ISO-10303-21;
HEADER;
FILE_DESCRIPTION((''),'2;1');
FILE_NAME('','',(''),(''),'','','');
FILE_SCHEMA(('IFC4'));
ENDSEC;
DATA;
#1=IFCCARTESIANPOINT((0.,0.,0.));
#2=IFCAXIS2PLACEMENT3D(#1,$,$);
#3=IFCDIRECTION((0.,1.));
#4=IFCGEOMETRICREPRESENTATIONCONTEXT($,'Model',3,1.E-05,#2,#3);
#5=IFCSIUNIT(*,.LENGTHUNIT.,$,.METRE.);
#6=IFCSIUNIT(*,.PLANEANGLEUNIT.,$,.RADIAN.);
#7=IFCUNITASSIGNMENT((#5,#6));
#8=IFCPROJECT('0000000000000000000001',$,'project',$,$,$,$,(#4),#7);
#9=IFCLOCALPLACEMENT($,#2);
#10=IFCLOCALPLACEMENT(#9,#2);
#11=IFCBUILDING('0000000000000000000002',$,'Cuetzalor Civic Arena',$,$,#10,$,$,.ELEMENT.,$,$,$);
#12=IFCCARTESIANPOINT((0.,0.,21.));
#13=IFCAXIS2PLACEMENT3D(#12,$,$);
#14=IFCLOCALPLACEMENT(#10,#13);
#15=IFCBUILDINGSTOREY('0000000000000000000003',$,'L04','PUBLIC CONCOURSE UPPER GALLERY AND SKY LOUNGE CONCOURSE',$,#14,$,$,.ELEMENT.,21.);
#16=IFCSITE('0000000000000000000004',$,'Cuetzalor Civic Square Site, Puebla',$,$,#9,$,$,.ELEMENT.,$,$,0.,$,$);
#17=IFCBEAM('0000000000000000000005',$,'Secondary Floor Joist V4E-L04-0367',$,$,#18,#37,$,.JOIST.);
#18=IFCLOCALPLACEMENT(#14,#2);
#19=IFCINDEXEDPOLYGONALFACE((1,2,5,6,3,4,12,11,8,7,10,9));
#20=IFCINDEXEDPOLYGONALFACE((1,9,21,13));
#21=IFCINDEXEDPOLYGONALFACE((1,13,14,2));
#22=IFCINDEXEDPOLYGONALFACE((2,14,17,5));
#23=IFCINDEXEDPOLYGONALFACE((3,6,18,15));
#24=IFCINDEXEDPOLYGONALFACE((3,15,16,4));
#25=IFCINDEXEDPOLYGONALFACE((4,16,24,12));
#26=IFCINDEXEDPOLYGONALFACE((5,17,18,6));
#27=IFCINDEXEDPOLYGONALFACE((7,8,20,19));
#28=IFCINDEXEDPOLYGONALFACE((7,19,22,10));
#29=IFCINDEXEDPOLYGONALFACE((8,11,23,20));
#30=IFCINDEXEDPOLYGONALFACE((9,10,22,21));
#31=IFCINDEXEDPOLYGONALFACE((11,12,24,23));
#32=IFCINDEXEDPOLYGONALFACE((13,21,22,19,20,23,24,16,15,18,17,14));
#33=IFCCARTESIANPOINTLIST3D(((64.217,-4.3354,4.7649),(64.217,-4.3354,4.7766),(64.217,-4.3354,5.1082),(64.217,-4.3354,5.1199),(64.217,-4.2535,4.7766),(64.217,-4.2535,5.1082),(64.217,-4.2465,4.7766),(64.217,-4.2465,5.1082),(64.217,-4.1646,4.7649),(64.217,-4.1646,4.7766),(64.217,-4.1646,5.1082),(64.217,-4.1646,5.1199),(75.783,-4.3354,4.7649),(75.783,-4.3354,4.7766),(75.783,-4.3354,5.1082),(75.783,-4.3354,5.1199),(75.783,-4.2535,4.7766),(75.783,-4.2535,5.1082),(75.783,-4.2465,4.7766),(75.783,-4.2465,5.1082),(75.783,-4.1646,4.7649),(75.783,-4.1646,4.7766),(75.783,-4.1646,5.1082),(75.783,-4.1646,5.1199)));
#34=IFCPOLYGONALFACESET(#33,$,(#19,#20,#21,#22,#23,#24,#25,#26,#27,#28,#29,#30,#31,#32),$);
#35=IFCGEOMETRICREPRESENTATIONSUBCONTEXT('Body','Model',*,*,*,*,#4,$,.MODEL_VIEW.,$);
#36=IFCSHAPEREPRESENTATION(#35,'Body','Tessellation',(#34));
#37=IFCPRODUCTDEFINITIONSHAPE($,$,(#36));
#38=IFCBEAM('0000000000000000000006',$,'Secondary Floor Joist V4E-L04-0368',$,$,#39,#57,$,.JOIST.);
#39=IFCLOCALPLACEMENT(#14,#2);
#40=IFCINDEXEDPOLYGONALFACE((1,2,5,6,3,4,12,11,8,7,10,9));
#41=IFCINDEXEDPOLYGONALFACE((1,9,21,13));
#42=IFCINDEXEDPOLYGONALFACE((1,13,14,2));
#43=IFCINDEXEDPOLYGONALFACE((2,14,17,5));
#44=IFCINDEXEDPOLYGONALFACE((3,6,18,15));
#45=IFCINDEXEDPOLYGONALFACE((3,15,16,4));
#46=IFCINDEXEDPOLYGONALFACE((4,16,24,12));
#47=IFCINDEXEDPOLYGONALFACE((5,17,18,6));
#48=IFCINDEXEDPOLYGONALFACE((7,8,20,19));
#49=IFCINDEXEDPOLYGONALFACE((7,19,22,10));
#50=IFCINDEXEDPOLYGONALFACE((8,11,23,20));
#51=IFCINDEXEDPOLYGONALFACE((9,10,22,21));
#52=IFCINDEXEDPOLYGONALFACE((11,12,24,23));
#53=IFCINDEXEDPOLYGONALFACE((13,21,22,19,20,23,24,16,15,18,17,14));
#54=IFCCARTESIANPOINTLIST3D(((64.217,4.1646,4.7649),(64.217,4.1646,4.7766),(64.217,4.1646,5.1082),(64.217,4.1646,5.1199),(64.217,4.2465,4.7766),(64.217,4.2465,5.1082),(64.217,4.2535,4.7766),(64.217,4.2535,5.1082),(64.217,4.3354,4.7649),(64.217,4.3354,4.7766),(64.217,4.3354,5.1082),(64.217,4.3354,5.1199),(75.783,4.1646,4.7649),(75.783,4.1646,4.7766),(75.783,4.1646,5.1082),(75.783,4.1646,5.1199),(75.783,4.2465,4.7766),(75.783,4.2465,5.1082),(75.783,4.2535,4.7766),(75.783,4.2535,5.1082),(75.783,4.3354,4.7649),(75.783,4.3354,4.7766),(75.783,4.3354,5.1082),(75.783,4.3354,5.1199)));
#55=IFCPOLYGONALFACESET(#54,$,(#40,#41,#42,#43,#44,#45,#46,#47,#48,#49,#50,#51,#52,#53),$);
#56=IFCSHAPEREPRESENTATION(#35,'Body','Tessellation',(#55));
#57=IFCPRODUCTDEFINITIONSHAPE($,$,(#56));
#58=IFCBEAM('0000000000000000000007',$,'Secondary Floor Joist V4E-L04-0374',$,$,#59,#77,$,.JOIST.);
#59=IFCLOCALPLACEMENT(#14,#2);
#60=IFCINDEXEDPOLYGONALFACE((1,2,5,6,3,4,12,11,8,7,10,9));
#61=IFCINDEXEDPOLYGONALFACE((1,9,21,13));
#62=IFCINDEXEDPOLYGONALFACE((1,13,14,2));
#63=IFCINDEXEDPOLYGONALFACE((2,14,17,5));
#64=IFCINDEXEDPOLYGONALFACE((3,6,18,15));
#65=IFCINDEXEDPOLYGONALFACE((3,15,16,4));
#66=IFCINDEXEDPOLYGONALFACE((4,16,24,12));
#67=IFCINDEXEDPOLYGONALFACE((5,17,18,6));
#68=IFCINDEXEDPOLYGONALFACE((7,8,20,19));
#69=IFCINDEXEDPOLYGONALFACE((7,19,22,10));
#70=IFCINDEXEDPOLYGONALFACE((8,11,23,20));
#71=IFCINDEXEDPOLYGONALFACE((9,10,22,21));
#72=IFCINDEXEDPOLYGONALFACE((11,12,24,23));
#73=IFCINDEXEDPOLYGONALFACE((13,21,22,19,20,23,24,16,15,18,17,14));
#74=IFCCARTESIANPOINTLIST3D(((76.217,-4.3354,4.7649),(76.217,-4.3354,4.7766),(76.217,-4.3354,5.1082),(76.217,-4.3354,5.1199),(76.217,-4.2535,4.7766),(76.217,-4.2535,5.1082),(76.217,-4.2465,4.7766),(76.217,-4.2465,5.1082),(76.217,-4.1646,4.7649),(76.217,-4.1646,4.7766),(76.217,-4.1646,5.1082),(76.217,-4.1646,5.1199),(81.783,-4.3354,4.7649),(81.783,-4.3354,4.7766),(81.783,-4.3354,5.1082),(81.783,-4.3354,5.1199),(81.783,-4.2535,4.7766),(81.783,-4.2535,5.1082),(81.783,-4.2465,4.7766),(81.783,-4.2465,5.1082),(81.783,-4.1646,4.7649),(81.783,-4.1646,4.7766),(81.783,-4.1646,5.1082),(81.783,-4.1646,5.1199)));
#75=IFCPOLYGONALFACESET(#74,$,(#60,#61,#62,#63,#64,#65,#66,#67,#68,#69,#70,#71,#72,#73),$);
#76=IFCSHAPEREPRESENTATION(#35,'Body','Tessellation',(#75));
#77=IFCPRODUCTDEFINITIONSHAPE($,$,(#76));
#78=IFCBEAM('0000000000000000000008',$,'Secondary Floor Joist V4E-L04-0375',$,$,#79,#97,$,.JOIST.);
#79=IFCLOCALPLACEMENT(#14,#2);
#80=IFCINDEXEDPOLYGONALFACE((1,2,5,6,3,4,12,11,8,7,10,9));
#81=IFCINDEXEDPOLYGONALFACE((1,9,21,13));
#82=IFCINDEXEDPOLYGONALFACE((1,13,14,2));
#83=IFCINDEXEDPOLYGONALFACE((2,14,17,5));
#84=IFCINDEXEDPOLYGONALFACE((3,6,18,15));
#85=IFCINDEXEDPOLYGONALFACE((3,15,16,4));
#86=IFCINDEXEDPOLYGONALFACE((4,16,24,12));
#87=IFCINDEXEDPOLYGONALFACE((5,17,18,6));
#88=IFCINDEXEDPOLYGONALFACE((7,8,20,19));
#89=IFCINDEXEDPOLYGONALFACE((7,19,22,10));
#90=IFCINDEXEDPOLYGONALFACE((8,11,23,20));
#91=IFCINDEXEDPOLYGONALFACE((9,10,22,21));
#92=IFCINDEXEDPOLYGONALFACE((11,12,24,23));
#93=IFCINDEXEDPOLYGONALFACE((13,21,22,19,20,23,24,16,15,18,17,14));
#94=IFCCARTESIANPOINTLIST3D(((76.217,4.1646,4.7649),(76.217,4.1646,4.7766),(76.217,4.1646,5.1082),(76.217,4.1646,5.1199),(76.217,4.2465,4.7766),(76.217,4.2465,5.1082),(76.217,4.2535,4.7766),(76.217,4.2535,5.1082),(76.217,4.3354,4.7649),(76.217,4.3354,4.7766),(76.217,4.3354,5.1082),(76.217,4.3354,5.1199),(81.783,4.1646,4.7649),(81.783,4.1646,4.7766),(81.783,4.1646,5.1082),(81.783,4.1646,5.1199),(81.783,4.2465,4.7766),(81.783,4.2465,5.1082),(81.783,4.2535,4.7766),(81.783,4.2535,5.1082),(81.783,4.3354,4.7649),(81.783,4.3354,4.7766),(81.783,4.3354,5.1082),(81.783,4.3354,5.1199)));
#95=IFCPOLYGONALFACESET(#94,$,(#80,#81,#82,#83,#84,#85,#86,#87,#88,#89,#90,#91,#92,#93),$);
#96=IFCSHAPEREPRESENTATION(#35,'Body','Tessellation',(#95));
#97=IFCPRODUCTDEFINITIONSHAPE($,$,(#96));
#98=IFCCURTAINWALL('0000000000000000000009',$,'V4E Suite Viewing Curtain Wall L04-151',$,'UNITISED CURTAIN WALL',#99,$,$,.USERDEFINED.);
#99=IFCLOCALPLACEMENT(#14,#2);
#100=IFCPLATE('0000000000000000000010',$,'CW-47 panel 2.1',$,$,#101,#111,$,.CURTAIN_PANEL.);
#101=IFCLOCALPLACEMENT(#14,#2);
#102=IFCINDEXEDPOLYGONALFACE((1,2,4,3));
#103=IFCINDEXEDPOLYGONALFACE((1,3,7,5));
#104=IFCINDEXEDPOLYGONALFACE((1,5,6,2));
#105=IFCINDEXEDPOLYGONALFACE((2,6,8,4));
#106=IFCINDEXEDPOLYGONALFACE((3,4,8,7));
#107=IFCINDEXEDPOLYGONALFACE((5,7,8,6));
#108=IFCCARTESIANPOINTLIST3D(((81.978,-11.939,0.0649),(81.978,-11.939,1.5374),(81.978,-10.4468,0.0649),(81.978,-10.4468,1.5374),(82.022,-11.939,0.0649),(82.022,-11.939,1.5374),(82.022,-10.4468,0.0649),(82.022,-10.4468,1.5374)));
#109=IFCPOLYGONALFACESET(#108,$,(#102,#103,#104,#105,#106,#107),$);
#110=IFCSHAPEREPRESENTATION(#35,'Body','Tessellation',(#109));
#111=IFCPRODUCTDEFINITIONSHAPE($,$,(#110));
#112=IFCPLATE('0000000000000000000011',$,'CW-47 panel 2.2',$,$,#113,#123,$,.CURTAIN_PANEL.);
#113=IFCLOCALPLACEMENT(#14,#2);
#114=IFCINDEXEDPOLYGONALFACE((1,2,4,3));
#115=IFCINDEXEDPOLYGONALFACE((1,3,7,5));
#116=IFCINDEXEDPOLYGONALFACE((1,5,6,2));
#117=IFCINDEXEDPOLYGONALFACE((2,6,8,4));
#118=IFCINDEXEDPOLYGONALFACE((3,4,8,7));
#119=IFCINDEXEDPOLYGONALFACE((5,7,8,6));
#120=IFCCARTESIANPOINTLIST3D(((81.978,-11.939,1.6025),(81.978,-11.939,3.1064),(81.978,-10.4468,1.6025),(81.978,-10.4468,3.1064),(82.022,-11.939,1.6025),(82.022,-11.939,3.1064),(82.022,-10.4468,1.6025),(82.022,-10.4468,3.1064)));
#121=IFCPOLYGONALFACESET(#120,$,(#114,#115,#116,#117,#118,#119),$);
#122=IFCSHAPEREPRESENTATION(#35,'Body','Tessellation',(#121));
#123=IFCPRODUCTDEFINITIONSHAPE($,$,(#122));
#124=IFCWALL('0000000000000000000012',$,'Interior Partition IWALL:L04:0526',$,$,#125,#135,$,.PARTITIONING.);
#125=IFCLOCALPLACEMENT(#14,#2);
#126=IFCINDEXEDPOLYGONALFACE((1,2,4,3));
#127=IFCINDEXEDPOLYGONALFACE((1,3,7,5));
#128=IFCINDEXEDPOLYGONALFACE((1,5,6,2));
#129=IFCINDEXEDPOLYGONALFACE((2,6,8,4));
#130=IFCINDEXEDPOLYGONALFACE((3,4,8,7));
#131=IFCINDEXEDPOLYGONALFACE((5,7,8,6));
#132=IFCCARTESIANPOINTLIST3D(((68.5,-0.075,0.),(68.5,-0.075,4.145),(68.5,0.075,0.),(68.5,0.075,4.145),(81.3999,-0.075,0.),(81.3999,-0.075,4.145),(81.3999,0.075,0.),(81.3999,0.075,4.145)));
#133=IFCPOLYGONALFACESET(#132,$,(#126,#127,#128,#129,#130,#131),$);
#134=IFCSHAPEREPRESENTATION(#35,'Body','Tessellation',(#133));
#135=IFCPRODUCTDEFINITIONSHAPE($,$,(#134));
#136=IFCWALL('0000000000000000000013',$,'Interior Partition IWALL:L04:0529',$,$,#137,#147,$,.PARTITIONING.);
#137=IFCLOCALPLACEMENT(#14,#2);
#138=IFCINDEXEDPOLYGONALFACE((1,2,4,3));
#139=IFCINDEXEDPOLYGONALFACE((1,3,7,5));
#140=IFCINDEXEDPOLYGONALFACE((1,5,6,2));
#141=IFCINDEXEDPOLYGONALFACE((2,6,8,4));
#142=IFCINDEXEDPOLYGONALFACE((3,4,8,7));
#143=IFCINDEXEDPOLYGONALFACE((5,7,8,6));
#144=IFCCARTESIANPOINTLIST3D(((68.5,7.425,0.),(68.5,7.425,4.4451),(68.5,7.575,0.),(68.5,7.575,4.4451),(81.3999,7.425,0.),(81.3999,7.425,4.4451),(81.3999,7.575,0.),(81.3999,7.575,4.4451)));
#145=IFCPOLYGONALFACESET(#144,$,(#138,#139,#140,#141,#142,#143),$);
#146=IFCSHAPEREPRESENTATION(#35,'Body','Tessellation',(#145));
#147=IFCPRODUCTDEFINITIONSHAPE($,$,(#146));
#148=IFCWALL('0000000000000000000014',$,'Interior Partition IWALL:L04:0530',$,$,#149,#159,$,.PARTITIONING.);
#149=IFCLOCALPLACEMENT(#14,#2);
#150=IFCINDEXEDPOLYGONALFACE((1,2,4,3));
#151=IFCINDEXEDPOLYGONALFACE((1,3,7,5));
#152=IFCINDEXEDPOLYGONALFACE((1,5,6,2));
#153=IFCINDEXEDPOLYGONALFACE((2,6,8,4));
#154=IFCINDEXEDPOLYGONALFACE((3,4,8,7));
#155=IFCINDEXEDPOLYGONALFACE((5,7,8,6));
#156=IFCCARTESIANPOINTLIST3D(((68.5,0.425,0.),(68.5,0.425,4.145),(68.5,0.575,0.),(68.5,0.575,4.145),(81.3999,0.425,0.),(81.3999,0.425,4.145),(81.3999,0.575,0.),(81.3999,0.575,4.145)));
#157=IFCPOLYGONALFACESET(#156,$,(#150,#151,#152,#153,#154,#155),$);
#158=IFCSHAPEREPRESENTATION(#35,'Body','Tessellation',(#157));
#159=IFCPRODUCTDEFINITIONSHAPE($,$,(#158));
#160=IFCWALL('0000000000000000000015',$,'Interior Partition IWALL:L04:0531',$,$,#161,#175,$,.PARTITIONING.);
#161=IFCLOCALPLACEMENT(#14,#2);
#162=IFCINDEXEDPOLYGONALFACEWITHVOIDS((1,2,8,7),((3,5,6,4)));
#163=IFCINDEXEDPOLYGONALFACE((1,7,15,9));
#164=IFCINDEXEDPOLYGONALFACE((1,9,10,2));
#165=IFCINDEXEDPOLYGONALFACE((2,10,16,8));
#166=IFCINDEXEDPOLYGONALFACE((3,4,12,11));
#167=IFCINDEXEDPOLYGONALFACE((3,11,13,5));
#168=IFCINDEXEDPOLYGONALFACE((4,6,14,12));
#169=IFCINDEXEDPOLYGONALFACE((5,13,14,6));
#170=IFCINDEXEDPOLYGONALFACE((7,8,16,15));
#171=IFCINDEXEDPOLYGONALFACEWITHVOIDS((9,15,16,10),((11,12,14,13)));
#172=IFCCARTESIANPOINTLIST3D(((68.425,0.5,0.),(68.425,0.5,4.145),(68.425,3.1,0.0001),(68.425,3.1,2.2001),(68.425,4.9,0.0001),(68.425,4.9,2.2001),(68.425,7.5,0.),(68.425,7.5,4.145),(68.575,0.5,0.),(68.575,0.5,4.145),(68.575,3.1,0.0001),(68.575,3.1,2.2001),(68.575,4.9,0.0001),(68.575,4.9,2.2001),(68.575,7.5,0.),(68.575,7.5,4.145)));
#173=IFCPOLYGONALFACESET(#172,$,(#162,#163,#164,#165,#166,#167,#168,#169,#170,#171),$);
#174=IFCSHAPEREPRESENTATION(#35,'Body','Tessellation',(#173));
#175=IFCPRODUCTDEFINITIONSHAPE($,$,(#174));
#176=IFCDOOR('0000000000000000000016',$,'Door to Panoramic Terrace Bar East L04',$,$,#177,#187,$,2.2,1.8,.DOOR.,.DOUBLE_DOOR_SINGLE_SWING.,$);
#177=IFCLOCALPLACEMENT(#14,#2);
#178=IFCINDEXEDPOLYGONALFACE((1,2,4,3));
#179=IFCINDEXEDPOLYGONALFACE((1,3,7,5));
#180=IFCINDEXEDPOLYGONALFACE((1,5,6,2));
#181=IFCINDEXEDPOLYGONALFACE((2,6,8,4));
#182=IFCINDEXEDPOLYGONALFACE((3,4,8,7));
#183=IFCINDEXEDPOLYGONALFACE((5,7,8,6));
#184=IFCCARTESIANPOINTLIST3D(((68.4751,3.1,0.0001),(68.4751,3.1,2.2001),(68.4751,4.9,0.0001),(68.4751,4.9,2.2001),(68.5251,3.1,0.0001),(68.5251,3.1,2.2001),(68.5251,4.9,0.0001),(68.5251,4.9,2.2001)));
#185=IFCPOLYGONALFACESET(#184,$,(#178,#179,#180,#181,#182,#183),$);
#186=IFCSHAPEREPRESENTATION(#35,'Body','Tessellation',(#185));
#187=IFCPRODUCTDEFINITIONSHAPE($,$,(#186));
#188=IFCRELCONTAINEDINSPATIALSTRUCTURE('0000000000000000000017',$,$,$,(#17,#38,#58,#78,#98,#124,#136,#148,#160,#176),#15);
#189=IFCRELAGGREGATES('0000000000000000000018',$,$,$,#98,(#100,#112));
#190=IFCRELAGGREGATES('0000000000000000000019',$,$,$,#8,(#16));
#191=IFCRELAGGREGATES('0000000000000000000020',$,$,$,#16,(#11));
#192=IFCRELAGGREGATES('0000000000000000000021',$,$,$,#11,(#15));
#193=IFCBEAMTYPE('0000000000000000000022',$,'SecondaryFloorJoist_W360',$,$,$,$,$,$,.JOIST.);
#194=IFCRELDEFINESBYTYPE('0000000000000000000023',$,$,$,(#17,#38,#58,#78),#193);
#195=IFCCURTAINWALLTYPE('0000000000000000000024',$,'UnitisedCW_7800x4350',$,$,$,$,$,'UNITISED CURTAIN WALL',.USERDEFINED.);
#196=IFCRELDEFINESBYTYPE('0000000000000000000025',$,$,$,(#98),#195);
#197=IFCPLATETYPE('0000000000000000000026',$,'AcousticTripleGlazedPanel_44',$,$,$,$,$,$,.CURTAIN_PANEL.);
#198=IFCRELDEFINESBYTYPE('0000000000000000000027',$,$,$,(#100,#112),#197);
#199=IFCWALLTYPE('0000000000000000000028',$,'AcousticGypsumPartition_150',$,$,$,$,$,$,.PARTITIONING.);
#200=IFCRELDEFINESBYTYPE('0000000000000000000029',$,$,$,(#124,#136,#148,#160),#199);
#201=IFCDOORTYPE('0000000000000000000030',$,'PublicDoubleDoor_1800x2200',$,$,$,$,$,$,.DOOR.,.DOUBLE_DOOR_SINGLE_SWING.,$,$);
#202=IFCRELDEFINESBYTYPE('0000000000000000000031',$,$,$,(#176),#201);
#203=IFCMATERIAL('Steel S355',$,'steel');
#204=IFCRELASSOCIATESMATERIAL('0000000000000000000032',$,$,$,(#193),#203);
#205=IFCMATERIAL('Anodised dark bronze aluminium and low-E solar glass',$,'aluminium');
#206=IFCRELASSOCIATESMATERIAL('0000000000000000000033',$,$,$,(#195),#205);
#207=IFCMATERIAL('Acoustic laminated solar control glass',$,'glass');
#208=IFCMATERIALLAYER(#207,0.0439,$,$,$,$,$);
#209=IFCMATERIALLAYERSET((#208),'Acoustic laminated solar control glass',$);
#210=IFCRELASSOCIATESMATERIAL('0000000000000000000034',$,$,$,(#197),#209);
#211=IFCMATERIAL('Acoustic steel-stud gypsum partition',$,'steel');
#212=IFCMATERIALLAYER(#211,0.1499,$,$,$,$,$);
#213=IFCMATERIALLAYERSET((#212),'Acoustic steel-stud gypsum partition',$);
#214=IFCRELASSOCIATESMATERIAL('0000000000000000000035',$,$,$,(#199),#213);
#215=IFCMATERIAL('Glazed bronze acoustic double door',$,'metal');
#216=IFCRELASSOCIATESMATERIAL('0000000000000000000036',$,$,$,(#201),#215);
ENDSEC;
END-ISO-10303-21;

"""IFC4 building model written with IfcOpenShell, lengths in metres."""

from ifc_helpers import new_model, si_unit, direction, frame, frame_2d, origin, origin_2d, place, context, subcontext, project, spatial, rectangle, i_section, extrude, material, layer, layer_set, material_profile, profile_set, type_object, element, fill, aggregate, save


model = new_model("IFC4")

# Units and contexts
model_context = context("Model", 3, precision=1e-05, world=origin(), true_north=direction((0.0, 1.0)))
body_context = subcontext(model_context, "Body", "Model", "MODEL_VIEW")
ifc_project = project(units=[si_unit("LENGTHUNIT", "METRE"), si_unit("PLANEANGLEUNIT", "RADIAN")], contexts=[model_context])

# Site, building, storey
site_placement = place(None, origin())
site = spatial("IfcSite", under=ifc_project, at=site_placement, Name="Cuetzalor Civic Square Site, Puebla", CompositionType="ELEMENT", RefElevation=0.0)
building_placement = place(site_placement, origin())
building = spatial("IfcBuilding", under=site, at=building_placement, Name="Cuetzalor Civic Arena", CompositionType="ELEMENT")
storey_placement = place(building_placement, frame((0.0, 0.0, 21.0)))
storey = spatial("IfcBuildingStorey", under=building, at=storey_placement, Name="L04", Description="PUBLIC CONCOURSE UPPER GALLERY AND SKY LOUNGE CONCOURSE", CompositionType="ELEMENT", Elevation=21.0)

# Beams
ifc_material_1 = material(Name="Steel S355", Category="steel")
ifc_material_profile_1 = material_profile(ifc_material_1, i_section(OverallWidth=0.1709, OverallDepth=0.355, WebThickness=0.0071, FlangeThickness=0.0117, at=origin_2d()), Name="W360x51")
ifc_profile_set_1 = profile_set([ifc_material_profile_1], Name="Steel S355")
beam_type_1 = type_object("IfcBeamType", Name="SecondaryFloorJoist_W360", PredefinedType="JOIST", material=ifc_profile_set_1)
for number, where, z_axis, x_axis, name in (
    (1, (64.217, -4.25, 4.9424), (1.0, 0.0, 0.0), (0.0, 1.0, 0.0), "Secondary Floor Joist V4E-L04-0367"),
    (2, (64.217, 4.25, 4.9424), (1.0, 0.0, 0.0), (0.0, 1.0, 0.0), "Secondary Floor Joist V4E-L04-0368"),
):
    element("IfcBeam", number, at=place(storey_placement, frame(where, z_axis=z_axis, x_axis=x_axis)), inside=storey, type_object=beam_type_1, Name=name, PredefinedType="JOIST", context=body_context, shape_type="SweptSolid", body=[
        extrude(i_section(OverallWidth=0.1709, OverallDepth=0.355, WebThickness=0.0071, FlangeThickness=0.0117, at=origin_2d()), origin(), (0.0, 0.0, 1.0), 11.5659),
    ])
for number, where, z_axis, x_axis, name in (
    (3, (76.217, -4.25, 4.9424), (1.0, 0.0, 0.0), (0.0, 1.0, 0.0), "Secondary Floor Joist V4E-L04-0374"),
    (4, (76.217, 4.25, 4.9424), (1.0, 0.0, 0.0), (0.0, 1.0, 0.0), "Secondary Floor Joist V4E-L04-0375"),
):
    element("IfcBeam", number, at=place(storey_placement, frame(where, z_axis=z_axis, x_axis=x_axis)), inside=storey, type_object=beam_type_1, Name=name, PredefinedType="JOIST", context=body_context, shape_type="SweptSolid", body=[
        extrude(i_section(OverallWidth=0.1709, OverallDepth=0.355, WebThickness=0.0071, FlangeThickness=0.0117, at=origin_2d()), origin(), (0.0, 0.0, 1.0), 5.5659),
    ])

# Curtain wall, plates
ifc_material_2 = material(Name="Anodised dark bronze aluminium and low-E solar glass", Category="aluminium")
curtain_wall_type = type_object("IfcCurtainWallType", Name="UnitisedCW_7800x4350", ElementType="UNITISED CURTAIN WALL", PredefinedType="USERDEFINED", material=ifc_material_2)
curtain_wall_placement = place(storey_placement, origin())
curtain_wall = element("IfcCurtainWall", 5, at=curtain_wall_placement, inside=storey, type_object=curtain_wall_type, Name="V4E Suite Viewing Curtain Wall L04-151", ObjectType="UNITISED CURTAIN WALL", PredefinedType="USERDEFINED")
ifc_material_3 = material(Name="Acoustic laminated solar control glass", Category="glass")
ifc_layer_1 = layer(ifc_material_3, 0.0439)
ifc_layer_set_1 = layer_set([ifc_layer_1], Name="Acoustic laminated solar control glass")
plate_type = type_object("IfcPlateType", Name="AcousticTripleGlazedPanel_44", PredefinedType="CURTAIN_PANEL", material=ifc_layer_set_1)
plate_1_placement = place(storey_placement, frame((82.0, -11.1929, 0.0649), z_axis=(0.0, 0.0, 1.0), x_axis=(0.0, -1.0, 0.0)))
plate_1 = element("IfcPlate", 6, at=plate_1_placement, type_object=plate_type, Name="CW-47 panel 2.1", PredefinedType="CURTAIN_PANEL", context=body_context, shape_type="SweptSolid", body=[
    extrude(rectangle(XDim=1.4922, YDim=0.0439, at=origin_2d()), origin(), (0.0, 0.0, 1.0), 1.4724),
])
plate_2_placement = place(storey_placement, frame((82.0, -11.1929, 1.6025), z_axis=(0.0, 0.0, 1.0), x_axis=(0.0, -1.0, 0.0)))
plate_2 = element("IfcPlate", 7, at=plate_2_placement, type_object=plate_type, Name="CW-47 panel 2.2", PredefinedType="CURTAIN_PANEL", context=body_context, shape_type="SweptSolid", body=[
    extrude(rectangle(XDim=1.4922, YDim=0.0439, at=origin_2d()), origin(), (0.0, 0.0, 1.0), 1.5039),
])
aggregate(curtain_wall, [plate_1, plate_2])

# Walls
ifc_material_4 = material(Name="Acoustic steel-stud gypsum partition", Category="steel")
ifc_layer_2 = layer(ifc_material_4, 0.1499)
ifc_layer_set_2 = layer_set([ifc_layer_2], Name="Acoustic steel-stud gypsum partition")
wall_type_1 = type_object("IfcWallType", Name="AcousticGypsumPartition_150", PredefinedType="PARTITIONING", material=ifc_layer_set_2)
wall_1_placement = place(storey_placement, frame((68.5, 0.0, 0.0), z_axis=(0.0, 0.0, 1.0), x_axis=(1.0, 0.0, 0.0)))
element("IfcWall", 8, at=wall_1_placement, inside=storey, type_object=wall_type_1, Name="Interior Partition IWALL:L04:0526", PredefinedType="PARTITIONING", context=body_context, shape_type="SweptSolid", body=[
    extrude(rectangle(XDim=12.8999, YDim=0.1499, at=frame_2d((6.45, 0.0))), origin(), (0.0, 0.0, 1.0), 4.145),
])
wall_2_placement = place(storey_placement, frame((68.5, 7.5, 0.0), z_axis=(0.0, 0.0, 1.0), x_axis=(1.0, 0.0, 0.0)))
element("IfcWall", 9, at=wall_2_placement, inside=storey, type_object=wall_type_1, Name="Interior Partition IWALL:L04:0529", PredefinedType="PARTITIONING", context=body_context, shape_type="SweptSolid", body=[
    extrude(rectangle(XDim=12.8999, YDim=0.1499, at=frame_2d((6.45, 0.0))), origin(), (0.0, 0.0, 1.0), 4.4451),
])
wall_3_placement = place(storey_placement, frame((81.3999, 0.5, 0.0), z_axis=(0.0, 0.0, 1.0), x_axis=(-1.0, 0.0, 0.0)))
element("IfcWall", 10, at=wall_3_placement, inside=storey, type_object=wall_type_1, Name="Interior Partition IWALL:L04:0530", PredefinedType="PARTITIONING", context=body_context, shape_type="SweptSolid", body=[
    extrude(rectangle(XDim=12.8999, YDim=0.1499, at=frame_2d((6.45, 0.0))), origin(), (0.0, 0.0, 1.0), 4.145),
])

# Wall, opening, door
wall_4_placement = place(storey_placement, frame((68.5, 0.5, 0.0), z_axis=(0.0, 0.0, 1.0), x_axis=(0.0, 1.0, 0.0)))
wall_4 = element("IfcWall", 11, at=wall_4_placement, inside=storey, type_object=wall_type_1, Name="Interior Partition IWALL:L04:0531", PredefinedType="PARTITIONING", context=body_context, shape_type="SweptSolid", body=[
    extrude(rectangle(XDim=7.0, YDim=0.1499, at=frame_2d((3.5, 0.0))), origin(), (0.0, 0.0, 1.0), 4.145),
])
opening_1_placement = place(wall_4_placement, frame((2.6001, 0.0, 0.0)))
opening_1 = element("IfcOpeningElement", 12, at=opening_1_placement, cuts=wall_4, PredefinedType="OPENING", context=body_context, shape_type="SweptSolid", body=[
    extrude(rectangle(XDim=1.8, YDim=2.2, at=frame_2d((0.8999, 1.1001))), frame((0.0, 0.085, 0.0), z_axis=(0.0, -1.0, 0.0), x_axis=(1.0, 0.0, 0.0)), (0.0, 0.0, 1.0), 0.1699),
])
ifc_material_5 = material(Name="Glazed bronze acoustic double door", Category="metal")
door_type_1 = type_object("IfcDoorType", Name="PublicDoubleDoor_1800x2200", OperationType="DOUBLE_DOOR_SINGLE_SWING", PredefinedType="DOOR", material=ifc_material_5)
door_1_placement = place(opening_1_placement, origin())
door_1 = element("IfcDoor", 13, at=door_1_placement, inside=storey, type_object=door_type_1, Name="Door to Panoramic Terrace Bar East L04", OperationType="DOUBLE_DOOR_SINGLE_SWING", OverallHeight=2.2, OverallWidth=1.8, PredefinedType="DOOR", context=body_context, shape_type="SweptSolid", body=[
    extrude(rectangle(XDim=1.8, YDim=2.2, at=frame_2d((0.8999, 1.1001))), frame((0.0, 0.0249, 0.0), z_axis=(0.0, -1.0, 0.0), x_axis=(1.0, 0.0, 0.0)), (0.0, 0.0, 1.0), 0.05),
])
fill(opening_1, door_1)

save(model, "model.ifc")
